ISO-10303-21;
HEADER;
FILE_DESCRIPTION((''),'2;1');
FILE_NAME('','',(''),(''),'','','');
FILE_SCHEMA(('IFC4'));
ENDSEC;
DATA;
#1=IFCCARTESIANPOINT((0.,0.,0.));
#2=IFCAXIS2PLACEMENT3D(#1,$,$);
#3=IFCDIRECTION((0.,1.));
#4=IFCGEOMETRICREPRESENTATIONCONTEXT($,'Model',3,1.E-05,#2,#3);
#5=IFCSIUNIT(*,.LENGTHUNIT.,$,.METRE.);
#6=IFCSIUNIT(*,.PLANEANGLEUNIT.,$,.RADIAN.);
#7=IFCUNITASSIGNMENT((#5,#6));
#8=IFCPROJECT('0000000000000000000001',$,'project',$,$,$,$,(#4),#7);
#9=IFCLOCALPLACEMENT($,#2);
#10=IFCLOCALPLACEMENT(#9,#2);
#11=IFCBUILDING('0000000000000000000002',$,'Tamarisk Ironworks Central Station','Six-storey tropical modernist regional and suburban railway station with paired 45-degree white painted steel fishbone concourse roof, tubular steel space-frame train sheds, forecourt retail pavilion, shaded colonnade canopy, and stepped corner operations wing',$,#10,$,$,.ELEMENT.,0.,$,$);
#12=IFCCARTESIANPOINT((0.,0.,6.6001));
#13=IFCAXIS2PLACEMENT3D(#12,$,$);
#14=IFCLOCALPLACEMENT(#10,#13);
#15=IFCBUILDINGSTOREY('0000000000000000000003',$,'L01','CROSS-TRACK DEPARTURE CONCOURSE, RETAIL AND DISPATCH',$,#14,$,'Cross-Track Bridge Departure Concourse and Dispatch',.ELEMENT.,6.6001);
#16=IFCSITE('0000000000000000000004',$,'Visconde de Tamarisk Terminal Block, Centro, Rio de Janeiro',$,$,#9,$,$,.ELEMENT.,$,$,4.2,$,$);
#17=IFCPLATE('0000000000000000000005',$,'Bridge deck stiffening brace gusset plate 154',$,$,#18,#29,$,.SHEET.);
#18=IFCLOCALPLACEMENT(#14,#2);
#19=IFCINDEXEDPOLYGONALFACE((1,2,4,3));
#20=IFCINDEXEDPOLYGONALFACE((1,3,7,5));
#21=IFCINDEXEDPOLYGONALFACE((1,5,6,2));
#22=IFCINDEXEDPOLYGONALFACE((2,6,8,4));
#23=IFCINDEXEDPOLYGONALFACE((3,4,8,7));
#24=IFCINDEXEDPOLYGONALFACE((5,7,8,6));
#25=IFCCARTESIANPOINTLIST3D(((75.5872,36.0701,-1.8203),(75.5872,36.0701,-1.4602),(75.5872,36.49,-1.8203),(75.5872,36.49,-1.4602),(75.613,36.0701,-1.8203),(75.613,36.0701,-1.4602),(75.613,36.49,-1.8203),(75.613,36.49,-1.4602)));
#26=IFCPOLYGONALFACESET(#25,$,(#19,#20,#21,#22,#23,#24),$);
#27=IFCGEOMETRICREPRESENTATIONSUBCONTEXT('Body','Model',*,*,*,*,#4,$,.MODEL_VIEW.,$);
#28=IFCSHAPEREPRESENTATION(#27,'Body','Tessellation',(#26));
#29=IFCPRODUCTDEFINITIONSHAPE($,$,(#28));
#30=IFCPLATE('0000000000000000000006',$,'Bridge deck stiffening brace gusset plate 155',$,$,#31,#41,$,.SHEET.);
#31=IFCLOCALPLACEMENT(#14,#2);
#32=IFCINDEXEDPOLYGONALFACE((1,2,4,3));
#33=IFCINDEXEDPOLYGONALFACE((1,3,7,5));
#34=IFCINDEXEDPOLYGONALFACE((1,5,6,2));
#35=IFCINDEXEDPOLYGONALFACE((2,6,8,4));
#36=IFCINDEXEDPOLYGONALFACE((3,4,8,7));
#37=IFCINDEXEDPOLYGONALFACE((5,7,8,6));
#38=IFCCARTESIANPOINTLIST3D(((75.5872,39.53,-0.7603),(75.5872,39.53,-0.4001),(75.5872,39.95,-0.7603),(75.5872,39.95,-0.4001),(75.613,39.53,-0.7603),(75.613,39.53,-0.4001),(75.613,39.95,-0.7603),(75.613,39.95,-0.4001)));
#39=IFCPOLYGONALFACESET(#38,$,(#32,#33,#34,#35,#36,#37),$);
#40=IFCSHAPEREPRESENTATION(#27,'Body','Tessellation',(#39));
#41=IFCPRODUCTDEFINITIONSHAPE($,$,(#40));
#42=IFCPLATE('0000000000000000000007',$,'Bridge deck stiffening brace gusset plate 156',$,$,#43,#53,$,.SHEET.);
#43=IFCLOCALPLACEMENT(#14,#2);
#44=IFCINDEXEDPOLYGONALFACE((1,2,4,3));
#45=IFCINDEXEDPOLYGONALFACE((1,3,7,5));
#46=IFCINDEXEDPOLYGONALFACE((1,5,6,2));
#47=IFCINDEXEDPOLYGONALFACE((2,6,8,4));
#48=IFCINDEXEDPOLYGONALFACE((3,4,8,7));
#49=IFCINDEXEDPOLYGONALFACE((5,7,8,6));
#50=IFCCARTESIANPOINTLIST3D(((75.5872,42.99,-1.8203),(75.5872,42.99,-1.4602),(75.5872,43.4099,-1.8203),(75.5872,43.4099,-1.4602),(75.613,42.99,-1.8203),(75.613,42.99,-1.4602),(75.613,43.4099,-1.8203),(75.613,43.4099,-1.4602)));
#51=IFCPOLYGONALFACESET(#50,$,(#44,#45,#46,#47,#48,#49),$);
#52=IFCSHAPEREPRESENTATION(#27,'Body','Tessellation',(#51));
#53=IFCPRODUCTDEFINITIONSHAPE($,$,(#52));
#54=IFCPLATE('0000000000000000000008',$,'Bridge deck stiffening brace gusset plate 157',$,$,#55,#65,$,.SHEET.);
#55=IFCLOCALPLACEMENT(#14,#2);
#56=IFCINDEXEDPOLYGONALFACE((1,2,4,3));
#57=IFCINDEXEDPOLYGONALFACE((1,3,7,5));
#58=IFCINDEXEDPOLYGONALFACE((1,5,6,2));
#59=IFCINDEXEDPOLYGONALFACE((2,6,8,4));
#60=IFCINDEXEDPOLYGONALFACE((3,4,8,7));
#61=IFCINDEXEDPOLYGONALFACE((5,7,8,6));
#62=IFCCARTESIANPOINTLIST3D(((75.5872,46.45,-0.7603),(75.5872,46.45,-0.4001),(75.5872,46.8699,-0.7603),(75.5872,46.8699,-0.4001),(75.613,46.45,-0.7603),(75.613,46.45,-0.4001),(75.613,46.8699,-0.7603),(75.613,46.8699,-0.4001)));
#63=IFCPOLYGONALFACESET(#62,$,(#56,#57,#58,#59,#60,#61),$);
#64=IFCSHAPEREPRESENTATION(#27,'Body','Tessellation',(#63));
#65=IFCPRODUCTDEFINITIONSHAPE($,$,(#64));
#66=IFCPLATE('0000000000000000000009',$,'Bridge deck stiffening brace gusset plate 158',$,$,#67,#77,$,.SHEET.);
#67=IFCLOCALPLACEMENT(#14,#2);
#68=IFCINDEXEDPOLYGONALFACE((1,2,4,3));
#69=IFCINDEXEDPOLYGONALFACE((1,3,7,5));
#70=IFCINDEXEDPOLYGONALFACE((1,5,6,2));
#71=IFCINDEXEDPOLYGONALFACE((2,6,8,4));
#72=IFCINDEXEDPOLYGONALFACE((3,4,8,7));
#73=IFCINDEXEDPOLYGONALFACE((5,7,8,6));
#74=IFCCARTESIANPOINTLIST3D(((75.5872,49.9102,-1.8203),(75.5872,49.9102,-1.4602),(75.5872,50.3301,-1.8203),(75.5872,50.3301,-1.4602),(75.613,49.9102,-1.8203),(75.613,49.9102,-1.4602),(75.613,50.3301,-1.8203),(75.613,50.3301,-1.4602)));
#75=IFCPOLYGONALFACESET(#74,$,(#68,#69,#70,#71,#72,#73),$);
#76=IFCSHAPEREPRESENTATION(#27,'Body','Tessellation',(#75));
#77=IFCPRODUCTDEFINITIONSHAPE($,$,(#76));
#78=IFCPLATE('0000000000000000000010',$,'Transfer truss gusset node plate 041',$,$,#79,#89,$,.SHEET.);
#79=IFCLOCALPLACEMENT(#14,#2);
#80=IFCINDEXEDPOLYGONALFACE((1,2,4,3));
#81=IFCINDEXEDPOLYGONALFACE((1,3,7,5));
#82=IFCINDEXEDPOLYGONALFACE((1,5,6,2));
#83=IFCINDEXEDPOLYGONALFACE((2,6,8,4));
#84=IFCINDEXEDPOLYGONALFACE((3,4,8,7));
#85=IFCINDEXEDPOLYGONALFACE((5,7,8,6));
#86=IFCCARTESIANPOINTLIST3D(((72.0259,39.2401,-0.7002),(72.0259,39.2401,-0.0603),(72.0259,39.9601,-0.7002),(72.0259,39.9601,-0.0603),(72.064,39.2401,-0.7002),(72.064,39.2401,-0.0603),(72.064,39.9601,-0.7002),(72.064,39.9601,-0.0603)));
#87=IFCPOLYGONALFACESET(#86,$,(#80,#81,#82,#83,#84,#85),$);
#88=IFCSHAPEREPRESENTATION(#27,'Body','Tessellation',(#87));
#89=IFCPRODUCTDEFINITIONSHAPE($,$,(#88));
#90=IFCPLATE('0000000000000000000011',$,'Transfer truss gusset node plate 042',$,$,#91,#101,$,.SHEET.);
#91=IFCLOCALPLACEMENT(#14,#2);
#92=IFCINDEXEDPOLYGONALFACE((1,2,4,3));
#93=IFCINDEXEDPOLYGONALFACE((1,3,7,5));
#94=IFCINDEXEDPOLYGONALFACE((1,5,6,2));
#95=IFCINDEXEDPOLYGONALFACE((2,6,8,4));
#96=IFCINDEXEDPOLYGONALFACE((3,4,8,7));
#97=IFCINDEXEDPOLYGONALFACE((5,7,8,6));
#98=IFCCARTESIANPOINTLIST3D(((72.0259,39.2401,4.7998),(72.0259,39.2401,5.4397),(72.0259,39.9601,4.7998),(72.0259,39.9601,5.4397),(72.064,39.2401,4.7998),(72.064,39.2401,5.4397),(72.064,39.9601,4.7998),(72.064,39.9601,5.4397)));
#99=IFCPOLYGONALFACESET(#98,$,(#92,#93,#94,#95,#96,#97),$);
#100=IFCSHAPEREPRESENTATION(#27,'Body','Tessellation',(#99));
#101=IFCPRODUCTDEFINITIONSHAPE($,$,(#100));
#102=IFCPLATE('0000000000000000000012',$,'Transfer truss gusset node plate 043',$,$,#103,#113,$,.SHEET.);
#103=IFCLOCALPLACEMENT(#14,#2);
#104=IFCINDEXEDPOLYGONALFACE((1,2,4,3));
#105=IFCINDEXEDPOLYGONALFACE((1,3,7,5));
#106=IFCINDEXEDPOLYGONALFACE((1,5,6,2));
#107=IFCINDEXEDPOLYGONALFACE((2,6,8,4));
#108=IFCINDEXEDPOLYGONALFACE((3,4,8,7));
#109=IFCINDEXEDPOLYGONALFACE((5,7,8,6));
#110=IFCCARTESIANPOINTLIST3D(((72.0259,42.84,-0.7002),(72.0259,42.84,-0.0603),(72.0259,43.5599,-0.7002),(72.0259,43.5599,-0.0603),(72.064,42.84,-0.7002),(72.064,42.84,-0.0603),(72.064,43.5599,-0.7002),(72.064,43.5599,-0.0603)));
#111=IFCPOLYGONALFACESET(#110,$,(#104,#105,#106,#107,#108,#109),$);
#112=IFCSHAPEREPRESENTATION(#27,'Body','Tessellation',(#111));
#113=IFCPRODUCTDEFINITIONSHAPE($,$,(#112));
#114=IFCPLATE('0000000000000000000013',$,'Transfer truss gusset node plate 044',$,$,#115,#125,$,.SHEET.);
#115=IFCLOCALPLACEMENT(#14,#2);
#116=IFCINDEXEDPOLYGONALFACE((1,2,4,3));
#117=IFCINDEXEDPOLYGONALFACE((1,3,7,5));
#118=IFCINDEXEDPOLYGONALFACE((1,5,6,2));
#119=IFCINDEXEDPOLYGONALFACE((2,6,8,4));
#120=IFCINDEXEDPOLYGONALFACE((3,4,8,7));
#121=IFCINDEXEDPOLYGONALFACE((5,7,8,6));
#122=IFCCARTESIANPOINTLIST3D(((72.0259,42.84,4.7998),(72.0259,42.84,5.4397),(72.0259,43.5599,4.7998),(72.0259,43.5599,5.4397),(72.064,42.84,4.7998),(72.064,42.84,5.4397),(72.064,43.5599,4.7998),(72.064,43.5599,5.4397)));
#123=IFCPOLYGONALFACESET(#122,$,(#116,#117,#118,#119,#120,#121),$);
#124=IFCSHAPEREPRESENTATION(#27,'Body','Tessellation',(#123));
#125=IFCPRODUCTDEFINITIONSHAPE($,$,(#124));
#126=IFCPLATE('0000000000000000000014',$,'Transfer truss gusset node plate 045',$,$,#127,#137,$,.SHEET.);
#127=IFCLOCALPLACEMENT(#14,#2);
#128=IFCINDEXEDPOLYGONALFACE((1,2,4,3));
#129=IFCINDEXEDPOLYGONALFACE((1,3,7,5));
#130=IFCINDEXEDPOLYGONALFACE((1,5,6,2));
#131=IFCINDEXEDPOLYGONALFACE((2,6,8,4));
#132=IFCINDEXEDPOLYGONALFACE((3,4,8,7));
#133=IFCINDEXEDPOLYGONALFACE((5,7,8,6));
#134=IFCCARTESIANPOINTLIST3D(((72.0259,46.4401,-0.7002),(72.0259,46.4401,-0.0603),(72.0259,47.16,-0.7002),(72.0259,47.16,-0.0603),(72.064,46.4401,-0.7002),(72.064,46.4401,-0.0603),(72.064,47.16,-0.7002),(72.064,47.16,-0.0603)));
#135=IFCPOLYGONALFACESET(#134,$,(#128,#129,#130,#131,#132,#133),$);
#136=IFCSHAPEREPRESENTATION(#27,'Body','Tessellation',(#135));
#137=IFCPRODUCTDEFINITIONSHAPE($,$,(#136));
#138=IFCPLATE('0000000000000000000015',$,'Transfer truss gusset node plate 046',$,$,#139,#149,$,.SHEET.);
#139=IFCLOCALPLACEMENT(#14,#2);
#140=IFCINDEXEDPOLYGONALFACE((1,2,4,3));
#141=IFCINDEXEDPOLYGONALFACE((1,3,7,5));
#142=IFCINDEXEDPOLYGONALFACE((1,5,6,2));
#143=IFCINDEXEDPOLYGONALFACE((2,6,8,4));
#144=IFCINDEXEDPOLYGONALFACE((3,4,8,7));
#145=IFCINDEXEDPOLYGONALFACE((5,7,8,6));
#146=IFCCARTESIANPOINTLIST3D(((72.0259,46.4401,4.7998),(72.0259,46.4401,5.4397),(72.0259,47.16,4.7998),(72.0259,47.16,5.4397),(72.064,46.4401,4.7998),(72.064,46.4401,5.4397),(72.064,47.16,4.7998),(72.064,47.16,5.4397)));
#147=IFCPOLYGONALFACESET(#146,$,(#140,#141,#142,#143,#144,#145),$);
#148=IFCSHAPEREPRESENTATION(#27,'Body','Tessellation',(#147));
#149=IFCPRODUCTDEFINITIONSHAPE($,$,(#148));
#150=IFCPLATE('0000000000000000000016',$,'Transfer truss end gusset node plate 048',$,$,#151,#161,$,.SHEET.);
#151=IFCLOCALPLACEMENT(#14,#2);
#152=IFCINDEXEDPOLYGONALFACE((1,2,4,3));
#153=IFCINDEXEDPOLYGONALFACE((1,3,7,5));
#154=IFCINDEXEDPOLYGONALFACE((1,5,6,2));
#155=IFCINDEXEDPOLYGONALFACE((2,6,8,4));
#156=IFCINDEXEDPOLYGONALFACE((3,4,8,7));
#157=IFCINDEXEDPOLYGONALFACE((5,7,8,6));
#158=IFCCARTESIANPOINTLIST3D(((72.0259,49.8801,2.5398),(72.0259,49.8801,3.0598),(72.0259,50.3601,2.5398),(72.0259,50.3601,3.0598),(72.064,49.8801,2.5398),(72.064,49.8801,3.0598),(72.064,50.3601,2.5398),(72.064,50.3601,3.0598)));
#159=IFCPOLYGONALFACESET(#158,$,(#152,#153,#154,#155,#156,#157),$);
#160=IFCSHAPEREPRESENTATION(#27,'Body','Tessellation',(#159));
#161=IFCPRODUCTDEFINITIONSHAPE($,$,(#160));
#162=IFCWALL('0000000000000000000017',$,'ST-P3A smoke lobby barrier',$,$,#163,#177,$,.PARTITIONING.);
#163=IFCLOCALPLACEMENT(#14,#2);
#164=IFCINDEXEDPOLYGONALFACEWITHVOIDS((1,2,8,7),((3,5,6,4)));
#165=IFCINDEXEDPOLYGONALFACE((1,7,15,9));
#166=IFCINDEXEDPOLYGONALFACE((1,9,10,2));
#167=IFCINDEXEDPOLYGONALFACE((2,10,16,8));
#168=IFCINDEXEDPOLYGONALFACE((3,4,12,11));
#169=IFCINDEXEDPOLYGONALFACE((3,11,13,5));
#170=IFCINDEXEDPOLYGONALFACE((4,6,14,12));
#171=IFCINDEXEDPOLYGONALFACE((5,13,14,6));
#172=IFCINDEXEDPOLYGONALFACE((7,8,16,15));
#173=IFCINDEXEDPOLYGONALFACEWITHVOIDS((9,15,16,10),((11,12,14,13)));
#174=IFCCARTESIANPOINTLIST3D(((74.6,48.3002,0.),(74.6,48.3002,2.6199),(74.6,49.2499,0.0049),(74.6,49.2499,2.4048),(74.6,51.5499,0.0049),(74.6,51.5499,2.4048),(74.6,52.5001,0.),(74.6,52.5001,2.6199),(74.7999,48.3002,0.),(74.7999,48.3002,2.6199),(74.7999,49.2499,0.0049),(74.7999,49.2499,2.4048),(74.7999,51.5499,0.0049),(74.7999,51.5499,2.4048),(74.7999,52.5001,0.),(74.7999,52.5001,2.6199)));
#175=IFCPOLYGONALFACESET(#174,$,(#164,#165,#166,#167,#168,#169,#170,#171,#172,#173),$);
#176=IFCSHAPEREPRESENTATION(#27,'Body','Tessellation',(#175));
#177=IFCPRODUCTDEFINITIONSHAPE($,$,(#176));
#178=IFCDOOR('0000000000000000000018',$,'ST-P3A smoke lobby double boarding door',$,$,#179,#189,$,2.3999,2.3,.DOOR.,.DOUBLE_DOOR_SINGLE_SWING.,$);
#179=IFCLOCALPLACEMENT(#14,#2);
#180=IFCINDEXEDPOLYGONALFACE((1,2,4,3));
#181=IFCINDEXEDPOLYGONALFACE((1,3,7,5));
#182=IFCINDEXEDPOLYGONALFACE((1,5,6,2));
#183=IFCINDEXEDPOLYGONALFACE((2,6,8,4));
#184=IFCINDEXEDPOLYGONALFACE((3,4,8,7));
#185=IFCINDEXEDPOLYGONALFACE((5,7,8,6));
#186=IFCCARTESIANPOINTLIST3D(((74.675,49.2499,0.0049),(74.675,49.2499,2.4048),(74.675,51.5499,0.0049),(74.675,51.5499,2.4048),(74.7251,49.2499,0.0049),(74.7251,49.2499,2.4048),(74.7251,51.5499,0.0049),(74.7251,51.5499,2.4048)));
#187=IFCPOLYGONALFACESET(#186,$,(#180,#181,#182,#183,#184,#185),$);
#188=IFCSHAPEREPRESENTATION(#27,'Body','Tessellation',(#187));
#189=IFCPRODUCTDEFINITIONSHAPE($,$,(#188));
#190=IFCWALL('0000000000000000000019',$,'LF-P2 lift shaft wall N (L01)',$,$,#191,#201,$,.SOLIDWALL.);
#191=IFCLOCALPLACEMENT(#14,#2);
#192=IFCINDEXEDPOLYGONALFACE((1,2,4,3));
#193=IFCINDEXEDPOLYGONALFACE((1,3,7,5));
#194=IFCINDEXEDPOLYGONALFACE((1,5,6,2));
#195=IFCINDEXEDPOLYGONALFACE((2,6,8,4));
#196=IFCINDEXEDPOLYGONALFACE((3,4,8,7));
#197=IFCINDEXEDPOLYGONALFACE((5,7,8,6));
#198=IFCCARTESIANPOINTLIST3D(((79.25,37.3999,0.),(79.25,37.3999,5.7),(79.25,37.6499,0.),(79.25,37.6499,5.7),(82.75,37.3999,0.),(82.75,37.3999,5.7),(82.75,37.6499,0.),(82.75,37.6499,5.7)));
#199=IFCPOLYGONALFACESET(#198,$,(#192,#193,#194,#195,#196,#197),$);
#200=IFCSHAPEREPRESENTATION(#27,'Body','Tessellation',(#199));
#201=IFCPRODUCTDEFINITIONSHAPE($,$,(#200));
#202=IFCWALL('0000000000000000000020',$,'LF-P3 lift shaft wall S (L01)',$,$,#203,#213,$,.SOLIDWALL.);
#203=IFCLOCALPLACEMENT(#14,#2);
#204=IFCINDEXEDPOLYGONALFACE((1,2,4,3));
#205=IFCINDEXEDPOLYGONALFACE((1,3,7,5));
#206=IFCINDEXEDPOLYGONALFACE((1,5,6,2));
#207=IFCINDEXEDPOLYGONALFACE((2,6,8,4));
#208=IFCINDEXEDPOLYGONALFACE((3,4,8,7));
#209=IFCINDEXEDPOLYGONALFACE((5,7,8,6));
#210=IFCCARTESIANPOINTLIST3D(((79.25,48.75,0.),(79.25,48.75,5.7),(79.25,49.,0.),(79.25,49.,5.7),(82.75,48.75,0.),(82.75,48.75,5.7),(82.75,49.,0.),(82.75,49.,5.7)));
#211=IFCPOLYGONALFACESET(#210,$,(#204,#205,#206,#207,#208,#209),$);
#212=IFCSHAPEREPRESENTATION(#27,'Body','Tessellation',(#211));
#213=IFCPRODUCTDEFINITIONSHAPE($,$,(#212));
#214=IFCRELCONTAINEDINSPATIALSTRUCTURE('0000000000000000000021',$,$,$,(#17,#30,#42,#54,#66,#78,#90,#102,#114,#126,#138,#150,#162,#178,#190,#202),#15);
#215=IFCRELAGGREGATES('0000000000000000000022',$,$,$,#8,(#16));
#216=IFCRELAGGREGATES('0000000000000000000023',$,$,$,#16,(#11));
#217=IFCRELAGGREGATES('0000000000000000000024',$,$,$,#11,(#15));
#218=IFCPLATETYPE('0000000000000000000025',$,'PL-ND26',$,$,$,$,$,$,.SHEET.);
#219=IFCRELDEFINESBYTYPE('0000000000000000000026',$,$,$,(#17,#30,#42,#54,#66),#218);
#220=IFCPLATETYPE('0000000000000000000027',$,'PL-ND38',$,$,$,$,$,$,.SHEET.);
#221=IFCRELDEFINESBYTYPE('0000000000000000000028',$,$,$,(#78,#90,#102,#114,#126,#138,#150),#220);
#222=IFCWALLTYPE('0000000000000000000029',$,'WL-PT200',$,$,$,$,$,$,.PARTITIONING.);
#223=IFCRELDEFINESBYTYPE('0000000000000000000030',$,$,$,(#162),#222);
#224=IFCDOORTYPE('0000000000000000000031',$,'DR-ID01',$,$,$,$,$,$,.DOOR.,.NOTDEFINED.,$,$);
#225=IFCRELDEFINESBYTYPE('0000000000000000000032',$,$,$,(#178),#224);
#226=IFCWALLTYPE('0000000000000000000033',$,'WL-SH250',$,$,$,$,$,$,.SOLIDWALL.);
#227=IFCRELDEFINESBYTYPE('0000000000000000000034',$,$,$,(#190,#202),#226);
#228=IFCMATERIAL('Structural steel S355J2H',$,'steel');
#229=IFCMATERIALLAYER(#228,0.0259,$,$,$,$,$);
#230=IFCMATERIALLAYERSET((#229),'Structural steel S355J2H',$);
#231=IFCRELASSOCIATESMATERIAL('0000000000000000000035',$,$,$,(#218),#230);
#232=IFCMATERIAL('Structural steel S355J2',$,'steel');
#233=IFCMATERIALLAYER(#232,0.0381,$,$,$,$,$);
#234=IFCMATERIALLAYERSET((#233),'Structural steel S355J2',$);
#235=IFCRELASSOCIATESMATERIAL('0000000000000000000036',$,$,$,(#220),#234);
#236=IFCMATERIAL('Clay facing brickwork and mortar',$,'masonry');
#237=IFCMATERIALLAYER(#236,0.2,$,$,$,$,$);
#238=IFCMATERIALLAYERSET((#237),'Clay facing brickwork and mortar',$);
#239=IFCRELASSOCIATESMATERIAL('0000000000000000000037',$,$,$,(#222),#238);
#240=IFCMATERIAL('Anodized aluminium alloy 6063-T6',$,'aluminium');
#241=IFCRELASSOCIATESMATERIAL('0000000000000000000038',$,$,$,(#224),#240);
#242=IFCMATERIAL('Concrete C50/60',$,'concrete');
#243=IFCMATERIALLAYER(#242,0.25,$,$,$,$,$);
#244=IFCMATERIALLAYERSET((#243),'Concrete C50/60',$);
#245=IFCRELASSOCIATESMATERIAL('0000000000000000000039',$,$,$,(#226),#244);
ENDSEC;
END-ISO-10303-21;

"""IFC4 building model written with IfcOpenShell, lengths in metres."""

from ifc_helpers import new_model, si_unit, direction, frame, frame_2d, origin, origin_2d, place, context, subcontext, project, spatial, rectangle, extrude, material, layer, layer_set, type_object, element, fill, save


model = new_model("IFC4")

# Units and contexts
model_context = context("Model", 3, precision=1e-05, world=origin(), true_north=direction((0.0, 1.0)))
body_context = subcontext(model_context, "Body", "Model", "MODEL_VIEW")
ifc_project = project(units=[si_unit("LENGTHUNIT", "METRE"), si_unit("PLANEANGLEUNIT", "RADIAN")], contexts=[model_context])

# Site, building, storey
site_placement = place(None, origin())
site = spatial("IfcSite", under=ifc_project, at=site_placement, Name="Visconde de Tamarisk Terminal Block, Centro, Rio de Janeiro", CompositionType="ELEMENT", RefElevation=4.2)
building_placement = place(site_placement, origin())
building = spatial("IfcBuilding", under=site, at=building_placement, Name="Tamarisk Ironworks Central Station", Description="Six-storey tropical modernist regional and suburban railway station with paired 45-degree white painted steel fishbone concourse roof, tubular steel space-frame train sheds, forecourt retail pavilion, shaded colonnade canopy, and stepped corner operations wing", CompositionType="ELEMENT", ElevationOfRefHeight=0.0)
storey_placement = place(building_placement, frame((0.0, 0.0, 6.6001)))
storey = spatial("IfcBuildingStorey", under=building, at=storey_placement, Name="L01", Description="CROSS-TRACK DEPARTURE CONCOURSE, RETAIL AND DISPATCH", LongName="Cross-Track Bridge Departure Concourse and Dispatch", CompositionType="ELEMENT", Elevation=6.6001)

# Shared definitions
ifc_material_1 = material(Name="Structural steel S355J2", Category="steel")

# Shared definitions
ifc_material_2 = material(Name="Structural steel S355J2H", Category="steel")

# Plates
ifc_layer_1 = layer(ifc_material_2, 0.0259)
ifc_layer_set_1 = layer_set([ifc_layer_1], Name="Structural steel S355J2H")
plate_type_1 = type_object("IfcPlateType", Name="PL-ND26", PredefinedType="SHEET", material=ifc_layer_set_1)
for number, where, z_axis, x_axis, name in (
    (1, (75.6001, 36.28, -1.8203), (0.0, 0.0, 1.0), (1.0, 0.0, 0.0), "Bridge deck stiffening brace gusset plate 154"),
    (2, (75.6001, 39.74, -0.7603), (0.0, 0.0, 1.0), (1.0, 0.0, 0.0), "Bridge deck stiffening brace gusset plate 155"),
    (3, (75.6001, 43.2, -1.8203), (0.0, 0.0, 1.0), (1.0, 0.0, 0.0), "Bridge deck stiffening brace gusset plate 156"),
    (4, (75.6001, 46.6599, -0.7603), (0.0, 0.0, 1.0), (1.0, 0.0, 0.0), "Bridge deck stiffening brace gusset plate 157"),
    (5, (75.6001, 50.1201, -1.8203), (0.0, 0.0, 1.0), (1.0, 0.0, 0.0), "Bridge deck stiffening brace gusset plate 158"),
):
    element("IfcPlate", number, at=place(storey_placement, frame(where, z_axis=z_axis, x_axis=x_axis)), inside=storey, type_object=plate_type_1, Name=name, PredefinedType="SHEET", context=body_context, shape_type="SweptSolid", body=[
        extrude(rectangle(XDim=0.0259, YDim=0.4199, at=origin_2d()), origin(), (0.0, 0.0, 1.0), 0.3601),
    ])
ifc_layer_2 = layer(ifc_material_1, 0.0381)
ifc_layer_set_2 = layer_set([ifc_layer_2], Name="Structural steel S355J2")
plate_type_2 = type_object("IfcPlateType", Name="PL-ND38", PredefinedType="SHEET", material=ifc_layer_set_2)
for number, where, z_axis, x_axis, name in (
    (6, (72.0449, 39.6001, -0.7002), (0.0, 0.0, 1.0), (1.0, 0.0, 0.0), "Transfer truss gusset node plate 041"),
    (7, (72.0449, 39.6001, 4.7998), (0.0, 0.0, 1.0), (1.0, 0.0, 0.0), "Transfer truss gusset node plate 042"),
    (8, (72.0449, 43.2, -0.7002), (0.0, 0.0, 1.0), (1.0, 0.0, 0.0), "Transfer truss gusset node plate 043"),
    (9, (72.0449, 43.2, 4.7998), (0.0, 0.0, 1.0), (1.0, 0.0, 0.0), "Transfer truss gusset node plate 044"),
    (10, (72.0449, 46.8, -0.7002), (0.0, 0.0, 1.0), (1.0, 0.0, 0.0), "Transfer truss gusset node plate 045"),
    (11, (72.0449, 46.8, 4.7998), (0.0, 0.0, 1.0), (1.0, 0.0, 0.0), "Transfer truss gusset node plate 046"),
):
    element("IfcPlate", number, at=place(storey_placement, frame(where, z_axis=z_axis, x_axis=x_axis)), inside=storey, type_object=plate_type_2, Name=name, PredefinedType="SHEET", context=body_context, shape_type="SweptSolid", body=[
        extrude(rectangle(XDim=0.0381, YDim=0.72, at=origin_2d()), origin(), (0.0, 0.0, 1.0), 0.6399),
    ])
plate_placement = place(storey_placement, frame((72.0449, 50.1201, 2.5398), z_axis=(0.0, 0.0, 1.0), x_axis=(1.0, 0.0, 0.0)))
element("IfcPlate", 12, at=plate_placement, inside=storey, type_object=plate_type_2, Name="Transfer truss end gusset node plate 048", PredefinedType="SHEET", context=body_context, shape_type="SweptSolid", body=[
    extrude(rectangle(XDim=0.0381, YDim=0.48, at=origin_2d()), origin(), (0.0, 0.0, 1.0), 0.52),
])

# Wall, opening, door
ifc_material_3 = material(Name="Clay facing brickwork and mortar", Category="masonry")
ifc_layer_3 = layer(ifc_material_3, 0.2)
ifc_layer_set_3 = layer_set([ifc_layer_3], Name="Clay facing brickwork and mortar")
wall_type_1 = type_object("IfcWallType", Name="WL-PT200", PredefinedType="PARTITIONING", material=ifc_layer_set_3)
wall_1_placement = place(storey_placement, frame((74.7, 48.3, 0.0), z_axis=(0.0, 0.0, 1.0), x_axis=(0.0, 1.0, 0.0)))
wall_1 = element("IfcWall", 13, at=wall_1_placement, inside=storey, type_object=wall_type_1, Name="ST-P3A smoke lobby barrier", PredefinedType="PARTITIONING", context=body_context, shape_type="SweptSolid", body=[
    extrude(rectangle(XDim=4.2, YDim=0.2, at=frame_2d((2.1001, 0.0))), origin(), (0.0, 0.0, 1.0), 2.6199),
])
opening_placement = place(wall_1_placement, frame((0.95, 0.0, 0.0049)))
opening = element("IfcOpeningElement", 14, at=opening_placement, cuts=wall_1, PredefinedType="OPENING", context=body_context, shape_type="SweptSolid", body=[
    extrude(rectangle(XDim=2.3, YDim=2.3999, at=frame_2d((1.1499, 1.2))), frame((0.0, 0.1118, 0.0), z_axis=(0.0, -1.0, 0.0), x_axis=(1.0, 0.0, 0.0)), (0.0, 0.0, 1.0), 0.2239),
])
ifc_material_4 = material(Name="Anodized aluminium alloy 6063-T6", Category="aluminium")
door_type = type_object("IfcDoorType", Name="DR-ID01", OperationType="NOTDEFINED", PredefinedType="DOOR", material=ifc_material_4)
door_placement = place(opening_placement, origin())
door = element("IfcDoor", 15, at=door_placement, inside=storey, type_object=door_type, Name="ST-P3A smoke lobby double boarding door", OperationType="DOUBLE_DOOR_SINGLE_SWING", OverallHeight=2.3999, OverallWidth=2.3, PredefinedType="DOOR", context=body_context, shape_type="SweptSolid", body=[
    extrude(rectangle(XDim=2.3, YDim=2.3999, at=frame_2d((1.1499, 1.2))), frame((0.0, 0.0249, 0.0), z_axis=(0.0, -1.0, 0.0), x_axis=(1.0, 0.0, 0.0)), (0.0, 0.0, 1.0), 0.05),
])
fill(opening, door)

# Walls
ifc_material_5 = material(Name="Concrete C50/60", Category="concrete")
ifc_layer_4 = layer(ifc_material_5, 0.25)
ifc_layer_set_4 = layer_set([ifc_layer_4], Name="Concrete C50/60")
wall_type_2 = type_object("IfcWallType", Name="WL-SH250", PredefinedType="SOLIDWALL", material=ifc_layer_set_4)
for number, where, z_axis, x_axis, name in (
    (16, (79.25, 37.5249, 0.0), (0.0, 0.0, 1.0), (1.0, 0.0, 0.0), "LF-P2 lift shaft wall N (L01)"),
    (17, (79.25, 48.875, 0.0), (0.0, 0.0, 1.0), (1.0, 0.0, 0.0), "LF-P3 lift shaft wall S (L01)"),
):
    element("IfcWall", number, at=place(storey_placement, frame(where, z_axis=z_axis, x_axis=x_axis)), inside=storey, type_object=wall_type_2, Name=name, PredefinedType="SOLIDWALL", context=body_context, shape_type="SweptSolid", body=[
        extrude(rectangle(XDim=3.5, YDim=0.25, at=frame_2d((1.75, 0.0))), origin(), (0.0, 0.0, 1.0), 5.7),
    ])

save(model, "model.ifc")
